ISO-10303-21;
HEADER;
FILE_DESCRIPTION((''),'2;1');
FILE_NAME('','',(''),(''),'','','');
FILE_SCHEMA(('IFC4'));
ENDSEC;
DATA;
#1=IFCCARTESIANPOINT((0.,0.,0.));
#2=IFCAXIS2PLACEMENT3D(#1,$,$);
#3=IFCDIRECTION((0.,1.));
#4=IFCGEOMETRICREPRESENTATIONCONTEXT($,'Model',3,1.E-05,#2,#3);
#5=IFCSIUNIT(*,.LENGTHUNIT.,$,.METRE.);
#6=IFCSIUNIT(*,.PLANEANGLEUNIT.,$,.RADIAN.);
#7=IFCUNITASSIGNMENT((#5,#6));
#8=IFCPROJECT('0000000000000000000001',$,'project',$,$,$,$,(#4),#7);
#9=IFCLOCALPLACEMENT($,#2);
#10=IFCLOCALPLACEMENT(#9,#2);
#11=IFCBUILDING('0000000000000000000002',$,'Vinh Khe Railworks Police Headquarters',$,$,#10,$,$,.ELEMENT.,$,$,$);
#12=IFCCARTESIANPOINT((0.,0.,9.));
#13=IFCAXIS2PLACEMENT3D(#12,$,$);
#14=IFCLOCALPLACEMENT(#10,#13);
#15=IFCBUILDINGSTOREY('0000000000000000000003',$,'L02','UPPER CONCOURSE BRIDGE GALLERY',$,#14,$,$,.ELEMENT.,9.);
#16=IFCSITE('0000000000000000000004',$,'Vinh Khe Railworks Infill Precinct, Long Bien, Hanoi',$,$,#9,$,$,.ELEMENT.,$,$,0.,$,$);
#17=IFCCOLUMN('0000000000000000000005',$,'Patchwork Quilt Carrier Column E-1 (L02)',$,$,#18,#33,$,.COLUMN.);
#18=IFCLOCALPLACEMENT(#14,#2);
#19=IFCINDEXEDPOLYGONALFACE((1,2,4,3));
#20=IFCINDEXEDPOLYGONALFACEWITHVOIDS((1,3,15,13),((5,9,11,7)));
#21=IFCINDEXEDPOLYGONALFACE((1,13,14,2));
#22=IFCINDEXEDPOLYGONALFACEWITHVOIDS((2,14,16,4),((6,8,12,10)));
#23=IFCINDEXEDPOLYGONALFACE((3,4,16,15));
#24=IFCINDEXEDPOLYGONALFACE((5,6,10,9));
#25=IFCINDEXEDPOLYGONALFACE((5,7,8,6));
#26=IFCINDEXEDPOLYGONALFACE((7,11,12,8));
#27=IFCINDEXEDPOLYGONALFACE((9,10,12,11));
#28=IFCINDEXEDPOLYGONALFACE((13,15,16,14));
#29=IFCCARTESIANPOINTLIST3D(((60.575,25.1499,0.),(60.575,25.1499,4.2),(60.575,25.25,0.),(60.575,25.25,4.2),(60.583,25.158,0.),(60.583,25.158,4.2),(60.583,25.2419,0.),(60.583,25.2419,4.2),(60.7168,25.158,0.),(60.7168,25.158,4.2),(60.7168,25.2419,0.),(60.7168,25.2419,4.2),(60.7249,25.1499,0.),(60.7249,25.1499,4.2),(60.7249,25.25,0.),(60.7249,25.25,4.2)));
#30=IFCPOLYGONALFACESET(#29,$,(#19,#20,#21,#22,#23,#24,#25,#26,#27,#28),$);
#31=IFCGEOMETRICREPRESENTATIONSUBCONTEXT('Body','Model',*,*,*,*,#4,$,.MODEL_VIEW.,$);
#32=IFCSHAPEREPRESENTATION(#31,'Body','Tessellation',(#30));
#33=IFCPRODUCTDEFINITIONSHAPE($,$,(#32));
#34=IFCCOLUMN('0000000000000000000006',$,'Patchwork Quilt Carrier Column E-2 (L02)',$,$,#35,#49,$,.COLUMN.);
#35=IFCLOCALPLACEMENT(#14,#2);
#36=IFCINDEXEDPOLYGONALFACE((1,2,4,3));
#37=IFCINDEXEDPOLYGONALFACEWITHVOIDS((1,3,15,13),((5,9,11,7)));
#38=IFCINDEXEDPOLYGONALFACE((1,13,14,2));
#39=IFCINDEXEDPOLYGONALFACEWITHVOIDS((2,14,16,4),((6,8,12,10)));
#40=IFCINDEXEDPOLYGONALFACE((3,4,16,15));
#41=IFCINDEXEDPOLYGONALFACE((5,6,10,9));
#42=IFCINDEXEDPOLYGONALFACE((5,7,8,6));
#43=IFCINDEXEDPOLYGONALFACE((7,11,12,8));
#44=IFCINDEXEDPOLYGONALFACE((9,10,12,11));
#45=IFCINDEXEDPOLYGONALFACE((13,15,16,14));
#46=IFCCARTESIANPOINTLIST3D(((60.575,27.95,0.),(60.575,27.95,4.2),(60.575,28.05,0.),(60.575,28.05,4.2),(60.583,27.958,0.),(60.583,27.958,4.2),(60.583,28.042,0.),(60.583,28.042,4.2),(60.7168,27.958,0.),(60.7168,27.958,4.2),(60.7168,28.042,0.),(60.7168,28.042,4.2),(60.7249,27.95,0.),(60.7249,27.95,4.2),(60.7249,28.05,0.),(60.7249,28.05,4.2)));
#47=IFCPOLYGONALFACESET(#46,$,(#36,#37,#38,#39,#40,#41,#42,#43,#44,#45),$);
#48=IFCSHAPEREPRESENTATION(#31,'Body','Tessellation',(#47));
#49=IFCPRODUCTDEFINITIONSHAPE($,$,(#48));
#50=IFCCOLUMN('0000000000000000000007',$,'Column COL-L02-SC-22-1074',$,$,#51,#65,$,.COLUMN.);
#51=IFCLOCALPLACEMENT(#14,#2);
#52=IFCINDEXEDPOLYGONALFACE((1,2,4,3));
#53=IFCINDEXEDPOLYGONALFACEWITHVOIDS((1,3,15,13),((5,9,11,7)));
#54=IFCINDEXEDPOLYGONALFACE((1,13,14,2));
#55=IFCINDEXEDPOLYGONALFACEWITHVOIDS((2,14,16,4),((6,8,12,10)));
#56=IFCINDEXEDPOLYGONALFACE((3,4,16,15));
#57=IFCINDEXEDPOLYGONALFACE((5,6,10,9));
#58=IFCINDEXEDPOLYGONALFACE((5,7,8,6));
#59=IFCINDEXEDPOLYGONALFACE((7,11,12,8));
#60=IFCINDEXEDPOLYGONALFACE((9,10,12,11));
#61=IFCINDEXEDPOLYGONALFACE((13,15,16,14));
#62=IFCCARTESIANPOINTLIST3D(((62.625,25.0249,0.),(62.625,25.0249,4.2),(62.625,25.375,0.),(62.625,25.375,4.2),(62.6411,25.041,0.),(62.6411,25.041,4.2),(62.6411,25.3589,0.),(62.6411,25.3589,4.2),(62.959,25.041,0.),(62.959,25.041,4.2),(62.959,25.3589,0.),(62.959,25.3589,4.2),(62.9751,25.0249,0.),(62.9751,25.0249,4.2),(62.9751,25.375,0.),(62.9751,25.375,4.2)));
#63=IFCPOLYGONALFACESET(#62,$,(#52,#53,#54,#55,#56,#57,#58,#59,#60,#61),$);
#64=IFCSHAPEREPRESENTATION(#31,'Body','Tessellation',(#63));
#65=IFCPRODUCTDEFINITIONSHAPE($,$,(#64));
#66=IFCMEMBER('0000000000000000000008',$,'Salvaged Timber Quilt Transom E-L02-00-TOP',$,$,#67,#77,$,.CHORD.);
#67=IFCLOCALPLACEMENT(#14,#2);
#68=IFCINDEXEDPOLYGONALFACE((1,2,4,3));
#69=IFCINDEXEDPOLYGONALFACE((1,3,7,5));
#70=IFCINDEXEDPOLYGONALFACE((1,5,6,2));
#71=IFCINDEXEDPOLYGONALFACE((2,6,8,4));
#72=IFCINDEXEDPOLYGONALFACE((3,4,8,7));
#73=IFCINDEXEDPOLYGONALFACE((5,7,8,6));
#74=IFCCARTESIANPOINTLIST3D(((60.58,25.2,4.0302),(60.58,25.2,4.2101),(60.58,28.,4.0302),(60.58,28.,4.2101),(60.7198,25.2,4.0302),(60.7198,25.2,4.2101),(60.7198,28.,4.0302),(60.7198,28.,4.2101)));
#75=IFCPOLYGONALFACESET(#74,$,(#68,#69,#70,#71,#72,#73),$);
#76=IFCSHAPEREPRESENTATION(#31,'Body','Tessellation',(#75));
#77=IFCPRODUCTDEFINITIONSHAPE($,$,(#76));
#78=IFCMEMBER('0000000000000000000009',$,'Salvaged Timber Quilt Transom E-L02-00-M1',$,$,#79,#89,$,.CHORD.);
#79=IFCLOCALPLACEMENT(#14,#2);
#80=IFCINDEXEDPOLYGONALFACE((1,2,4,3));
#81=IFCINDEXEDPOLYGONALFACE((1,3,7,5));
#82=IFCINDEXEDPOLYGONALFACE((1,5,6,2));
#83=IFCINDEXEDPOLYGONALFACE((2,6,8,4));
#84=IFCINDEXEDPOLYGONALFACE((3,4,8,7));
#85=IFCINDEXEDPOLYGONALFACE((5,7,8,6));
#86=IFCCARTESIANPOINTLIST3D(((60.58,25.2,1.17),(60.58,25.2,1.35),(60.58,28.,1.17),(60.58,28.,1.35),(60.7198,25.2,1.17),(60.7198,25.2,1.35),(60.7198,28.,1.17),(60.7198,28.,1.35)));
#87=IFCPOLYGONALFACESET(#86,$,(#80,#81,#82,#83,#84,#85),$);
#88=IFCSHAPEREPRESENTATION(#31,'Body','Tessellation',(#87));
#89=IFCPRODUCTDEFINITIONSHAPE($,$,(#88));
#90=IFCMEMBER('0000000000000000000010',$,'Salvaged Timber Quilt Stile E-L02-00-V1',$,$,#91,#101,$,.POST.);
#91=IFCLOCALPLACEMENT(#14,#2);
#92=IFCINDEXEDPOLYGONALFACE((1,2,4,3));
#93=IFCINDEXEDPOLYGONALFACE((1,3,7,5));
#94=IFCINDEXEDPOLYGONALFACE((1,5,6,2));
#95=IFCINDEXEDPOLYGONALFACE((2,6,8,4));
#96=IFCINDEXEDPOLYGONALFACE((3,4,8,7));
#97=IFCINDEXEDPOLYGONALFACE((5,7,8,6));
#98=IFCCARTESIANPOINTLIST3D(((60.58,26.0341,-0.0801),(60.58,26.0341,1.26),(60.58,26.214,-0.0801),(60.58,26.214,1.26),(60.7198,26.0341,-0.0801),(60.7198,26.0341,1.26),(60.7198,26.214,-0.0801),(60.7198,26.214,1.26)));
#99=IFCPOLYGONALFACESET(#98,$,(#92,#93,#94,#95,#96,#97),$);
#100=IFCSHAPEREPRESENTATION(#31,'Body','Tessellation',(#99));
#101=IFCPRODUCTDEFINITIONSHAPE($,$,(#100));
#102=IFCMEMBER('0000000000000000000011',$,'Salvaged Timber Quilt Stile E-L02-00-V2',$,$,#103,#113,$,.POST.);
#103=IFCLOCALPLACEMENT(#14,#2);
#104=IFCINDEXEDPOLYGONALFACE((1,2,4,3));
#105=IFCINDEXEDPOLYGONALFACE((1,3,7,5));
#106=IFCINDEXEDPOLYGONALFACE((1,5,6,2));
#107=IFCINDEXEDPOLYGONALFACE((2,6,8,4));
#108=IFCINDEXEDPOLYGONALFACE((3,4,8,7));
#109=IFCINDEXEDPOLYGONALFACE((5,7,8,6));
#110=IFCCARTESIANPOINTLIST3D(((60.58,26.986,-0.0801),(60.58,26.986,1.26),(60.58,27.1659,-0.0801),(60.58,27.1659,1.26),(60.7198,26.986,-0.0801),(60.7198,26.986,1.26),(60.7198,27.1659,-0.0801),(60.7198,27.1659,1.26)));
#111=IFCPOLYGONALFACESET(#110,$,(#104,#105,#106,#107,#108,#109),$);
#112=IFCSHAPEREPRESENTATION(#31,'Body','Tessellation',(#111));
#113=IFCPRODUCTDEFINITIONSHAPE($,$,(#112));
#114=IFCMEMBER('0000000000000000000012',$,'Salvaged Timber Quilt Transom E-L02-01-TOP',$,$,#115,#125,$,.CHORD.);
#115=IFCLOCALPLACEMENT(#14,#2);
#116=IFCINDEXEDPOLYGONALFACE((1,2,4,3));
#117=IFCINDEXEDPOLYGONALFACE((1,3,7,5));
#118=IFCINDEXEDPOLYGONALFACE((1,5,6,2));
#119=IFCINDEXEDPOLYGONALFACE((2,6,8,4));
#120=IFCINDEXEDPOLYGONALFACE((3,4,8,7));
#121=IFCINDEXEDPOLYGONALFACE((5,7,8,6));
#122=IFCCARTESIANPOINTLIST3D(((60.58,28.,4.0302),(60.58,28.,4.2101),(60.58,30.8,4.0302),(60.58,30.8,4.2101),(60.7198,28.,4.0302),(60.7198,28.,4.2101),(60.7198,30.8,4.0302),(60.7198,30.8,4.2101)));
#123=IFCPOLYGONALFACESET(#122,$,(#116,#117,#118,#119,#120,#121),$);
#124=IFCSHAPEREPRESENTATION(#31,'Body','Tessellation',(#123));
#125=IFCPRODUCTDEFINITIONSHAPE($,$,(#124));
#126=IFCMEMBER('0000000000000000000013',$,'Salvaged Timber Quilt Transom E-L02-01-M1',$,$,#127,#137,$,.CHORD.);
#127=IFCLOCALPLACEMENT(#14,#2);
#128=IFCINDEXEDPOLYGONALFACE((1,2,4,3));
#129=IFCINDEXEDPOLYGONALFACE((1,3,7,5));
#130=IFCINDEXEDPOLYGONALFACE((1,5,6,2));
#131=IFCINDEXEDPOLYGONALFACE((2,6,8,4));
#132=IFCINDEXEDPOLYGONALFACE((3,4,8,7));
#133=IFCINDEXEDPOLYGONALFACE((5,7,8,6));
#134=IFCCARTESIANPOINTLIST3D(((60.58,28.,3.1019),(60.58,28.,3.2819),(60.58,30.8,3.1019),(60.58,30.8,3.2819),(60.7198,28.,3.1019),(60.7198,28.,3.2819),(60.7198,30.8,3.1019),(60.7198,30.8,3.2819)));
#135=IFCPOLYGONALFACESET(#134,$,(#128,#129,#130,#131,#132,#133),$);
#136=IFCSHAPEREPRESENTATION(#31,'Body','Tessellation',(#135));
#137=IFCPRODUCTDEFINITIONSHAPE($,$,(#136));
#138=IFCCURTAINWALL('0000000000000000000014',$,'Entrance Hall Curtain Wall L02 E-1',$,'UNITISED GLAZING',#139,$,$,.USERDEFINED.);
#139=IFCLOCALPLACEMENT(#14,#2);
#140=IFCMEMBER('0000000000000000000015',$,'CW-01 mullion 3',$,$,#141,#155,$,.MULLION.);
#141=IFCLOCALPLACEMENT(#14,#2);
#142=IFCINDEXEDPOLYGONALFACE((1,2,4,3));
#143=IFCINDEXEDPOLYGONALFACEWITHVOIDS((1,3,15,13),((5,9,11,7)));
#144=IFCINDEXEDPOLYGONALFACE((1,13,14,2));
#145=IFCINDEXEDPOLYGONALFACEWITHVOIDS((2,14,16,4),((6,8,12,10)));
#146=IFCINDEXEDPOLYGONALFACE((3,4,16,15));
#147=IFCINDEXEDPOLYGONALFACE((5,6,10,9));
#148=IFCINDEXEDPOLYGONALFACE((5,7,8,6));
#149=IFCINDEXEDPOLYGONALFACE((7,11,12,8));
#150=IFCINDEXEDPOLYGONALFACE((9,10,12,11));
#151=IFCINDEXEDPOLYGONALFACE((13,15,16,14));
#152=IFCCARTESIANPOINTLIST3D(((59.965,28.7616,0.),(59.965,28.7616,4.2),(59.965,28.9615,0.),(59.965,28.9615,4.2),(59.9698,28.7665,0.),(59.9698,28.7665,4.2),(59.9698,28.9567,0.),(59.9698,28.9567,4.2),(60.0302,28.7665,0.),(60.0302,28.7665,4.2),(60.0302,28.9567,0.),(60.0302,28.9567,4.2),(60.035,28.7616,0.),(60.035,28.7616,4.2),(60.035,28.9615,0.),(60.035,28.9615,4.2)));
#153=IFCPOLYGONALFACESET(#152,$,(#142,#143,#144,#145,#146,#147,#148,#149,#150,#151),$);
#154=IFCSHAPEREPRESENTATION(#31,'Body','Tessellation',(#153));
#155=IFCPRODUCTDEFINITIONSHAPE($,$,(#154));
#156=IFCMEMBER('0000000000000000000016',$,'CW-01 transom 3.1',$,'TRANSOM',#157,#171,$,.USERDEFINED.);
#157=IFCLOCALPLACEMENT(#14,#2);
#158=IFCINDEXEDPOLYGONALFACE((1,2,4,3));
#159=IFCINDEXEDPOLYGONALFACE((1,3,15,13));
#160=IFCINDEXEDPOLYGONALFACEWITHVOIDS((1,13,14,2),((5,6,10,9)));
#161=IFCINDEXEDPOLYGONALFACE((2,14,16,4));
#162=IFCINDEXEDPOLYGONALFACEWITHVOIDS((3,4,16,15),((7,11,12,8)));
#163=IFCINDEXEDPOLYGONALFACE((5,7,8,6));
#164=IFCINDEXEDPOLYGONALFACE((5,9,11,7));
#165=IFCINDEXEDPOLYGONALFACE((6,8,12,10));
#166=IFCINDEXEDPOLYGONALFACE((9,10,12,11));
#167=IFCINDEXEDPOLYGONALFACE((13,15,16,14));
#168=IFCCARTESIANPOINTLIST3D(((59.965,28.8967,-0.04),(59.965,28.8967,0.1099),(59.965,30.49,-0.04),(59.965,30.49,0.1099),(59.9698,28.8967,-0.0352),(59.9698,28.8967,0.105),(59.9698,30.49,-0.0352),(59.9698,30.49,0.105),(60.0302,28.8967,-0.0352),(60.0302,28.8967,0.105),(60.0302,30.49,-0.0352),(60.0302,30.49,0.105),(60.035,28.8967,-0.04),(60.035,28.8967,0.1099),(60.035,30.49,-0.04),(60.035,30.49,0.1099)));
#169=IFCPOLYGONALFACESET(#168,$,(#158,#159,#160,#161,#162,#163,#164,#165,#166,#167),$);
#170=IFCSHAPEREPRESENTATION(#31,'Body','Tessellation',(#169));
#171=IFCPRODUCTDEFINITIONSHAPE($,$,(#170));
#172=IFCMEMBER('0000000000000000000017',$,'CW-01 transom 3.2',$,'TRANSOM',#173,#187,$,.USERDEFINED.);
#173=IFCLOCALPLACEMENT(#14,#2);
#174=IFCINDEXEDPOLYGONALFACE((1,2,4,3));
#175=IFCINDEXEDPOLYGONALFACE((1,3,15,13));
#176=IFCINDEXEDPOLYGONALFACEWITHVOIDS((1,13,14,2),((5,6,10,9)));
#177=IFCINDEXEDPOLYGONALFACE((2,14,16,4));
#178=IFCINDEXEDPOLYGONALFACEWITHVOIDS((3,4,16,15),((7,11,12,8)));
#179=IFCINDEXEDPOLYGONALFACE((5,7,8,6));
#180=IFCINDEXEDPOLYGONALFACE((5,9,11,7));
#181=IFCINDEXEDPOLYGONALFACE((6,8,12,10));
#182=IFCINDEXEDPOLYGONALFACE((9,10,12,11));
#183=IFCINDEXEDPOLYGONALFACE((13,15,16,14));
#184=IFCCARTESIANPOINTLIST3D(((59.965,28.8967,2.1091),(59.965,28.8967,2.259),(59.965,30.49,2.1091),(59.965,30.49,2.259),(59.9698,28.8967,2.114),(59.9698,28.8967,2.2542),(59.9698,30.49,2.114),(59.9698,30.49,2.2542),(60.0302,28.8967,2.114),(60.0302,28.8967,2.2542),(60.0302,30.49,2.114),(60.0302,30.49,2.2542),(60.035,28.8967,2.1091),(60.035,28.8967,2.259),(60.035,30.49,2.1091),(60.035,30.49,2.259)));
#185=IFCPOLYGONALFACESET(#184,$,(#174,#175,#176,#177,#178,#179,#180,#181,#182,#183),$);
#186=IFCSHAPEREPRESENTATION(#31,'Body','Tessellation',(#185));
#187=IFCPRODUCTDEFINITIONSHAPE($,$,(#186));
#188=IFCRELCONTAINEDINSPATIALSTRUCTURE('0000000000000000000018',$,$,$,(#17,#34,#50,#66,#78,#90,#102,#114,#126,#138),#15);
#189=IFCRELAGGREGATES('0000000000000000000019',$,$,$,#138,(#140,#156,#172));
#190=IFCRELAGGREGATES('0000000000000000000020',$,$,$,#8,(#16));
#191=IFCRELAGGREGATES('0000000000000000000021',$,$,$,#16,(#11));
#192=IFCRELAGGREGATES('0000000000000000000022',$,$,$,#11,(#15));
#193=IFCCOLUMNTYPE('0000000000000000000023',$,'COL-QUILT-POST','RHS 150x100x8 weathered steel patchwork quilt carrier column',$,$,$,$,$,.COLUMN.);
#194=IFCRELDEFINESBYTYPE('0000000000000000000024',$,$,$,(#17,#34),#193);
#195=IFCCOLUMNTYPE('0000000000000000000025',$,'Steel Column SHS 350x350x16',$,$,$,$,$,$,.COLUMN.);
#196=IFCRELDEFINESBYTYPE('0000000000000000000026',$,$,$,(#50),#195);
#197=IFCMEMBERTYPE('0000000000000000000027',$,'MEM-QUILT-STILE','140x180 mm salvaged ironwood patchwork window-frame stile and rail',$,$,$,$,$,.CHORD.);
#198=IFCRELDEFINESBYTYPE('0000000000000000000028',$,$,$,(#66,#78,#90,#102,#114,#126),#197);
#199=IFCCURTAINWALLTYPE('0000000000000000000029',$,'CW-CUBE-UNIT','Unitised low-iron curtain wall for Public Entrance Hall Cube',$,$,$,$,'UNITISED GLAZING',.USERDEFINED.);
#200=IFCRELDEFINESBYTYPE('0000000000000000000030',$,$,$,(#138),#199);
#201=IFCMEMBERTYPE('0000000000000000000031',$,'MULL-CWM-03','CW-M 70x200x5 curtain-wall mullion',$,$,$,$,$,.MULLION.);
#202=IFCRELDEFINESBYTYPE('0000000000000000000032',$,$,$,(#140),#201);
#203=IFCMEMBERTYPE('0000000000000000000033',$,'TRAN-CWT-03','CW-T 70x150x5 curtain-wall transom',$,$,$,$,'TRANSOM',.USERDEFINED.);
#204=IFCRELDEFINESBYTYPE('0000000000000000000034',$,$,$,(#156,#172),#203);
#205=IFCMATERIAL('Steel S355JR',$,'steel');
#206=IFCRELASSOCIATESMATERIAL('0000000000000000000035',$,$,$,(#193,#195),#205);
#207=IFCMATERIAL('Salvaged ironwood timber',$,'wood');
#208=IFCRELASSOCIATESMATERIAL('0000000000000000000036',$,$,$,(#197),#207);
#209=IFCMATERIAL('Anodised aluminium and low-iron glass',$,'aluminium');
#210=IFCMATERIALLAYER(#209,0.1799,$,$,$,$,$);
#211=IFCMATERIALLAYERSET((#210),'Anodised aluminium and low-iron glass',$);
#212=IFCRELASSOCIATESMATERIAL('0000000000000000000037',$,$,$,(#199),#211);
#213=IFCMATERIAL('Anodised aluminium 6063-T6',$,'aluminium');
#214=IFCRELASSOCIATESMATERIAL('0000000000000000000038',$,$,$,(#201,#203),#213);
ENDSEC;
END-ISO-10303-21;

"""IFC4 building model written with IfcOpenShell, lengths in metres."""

from ifc_helpers import new_model, si_unit, direction, frame, origin, origin_2d, place, context, subcontext, project, spatial, rectangle, hollow_rectangle, extrude, material, layer, layer_set, material_profile, profile_set, type_object, element, aggregate, save


model = new_model("IFC4")

# Units and contexts
model_context = context("Model", 3, precision=1e-05, world=origin(), true_north=direction((0.0, 1.0)))
body_context = subcontext(model_context, "Body", "Model", "MODEL_VIEW")
ifc_project = project(units=[si_unit("LENGTHUNIT", "METRE"), si_unit("PLANEANGLEUNIT", "RADIAN")], contexts=[model_context])

# Site, building, storey
site_placement = place(None, origin())
site = spatial("IfcSite", under=ifc_project, at=site_placement, Name="Vinh Khe Railworks Infill Precinct, Long Bien, Hanoi", CompositionType="ELEMENT", RefElevation=0.0)
building_placement = place(site_placement, origin())
building = spatial("IfcBuilding", under=site, at=building_placement, Name="Vinh Khe Railworks Police Headquarters", CompositionType="ELEMENT")
storey_placement = place(building_placement, frame((0.0, 0.0, 9.0)))
storey = spatial("IfcBuildingStorey", under=building, at=storey_placement, Name="L02", Description="UPPER CONCOURSE BRIDGE GALLERY", CompositionType="ELEMENT", Elevation=9.0)

# Columns
ifc_material_1 = material(Name="Steel S355JR", Category="steel")
ifc_material_profile_1 = material_profile(ifc_material_1, hollow_rectangle(XDim=0.1499, YDim=0.1001, WallThickness=0.0081, at=origin_2d()), Name="RHS 150x100x8")
ifc_profile_set_1 = profile_set([ifc_material_profile_1], Name="Steel S355JR")
column_type_1 = type_object("IfcColumnType", Name="COL-QUILT-POST", Description="RHS 150x100x8 weathered steel patchwork quilt carrier column", PredefinedType="COLUMN", material=ifc_profile_set_1)
for number, where, z_axis, x_axis, name in (
    (1, (60.6499, 25.2, 0.0), (0.0, 0.0, 1.0), (1.0, 0.0, 0.0), "Patchwork Quilt Carrier Column E-1 (L02)"),
    (2, (60.6499, 28.0, 0.0), (0.0, 0.0, 1.0), (1.0, 0.0, 0.0), "Patchwork Quilt Carrier Column E-2 (L02)"),
):
    element("IfcColumn", number, at=place(storey_placement, frame(where, z_axis=z_axis, x_axis=x_axis)), inside=storey, type_object=column_type_1, Name=name, PredefinedType="COLUMN", context=body_context, shape_type="SweptSolid", body=[
        extrude(hollow_rectangle(XDim=0.1499, YDim=0.1001, WallThickness=0.0081, at=origin_2d()), origin(), (0.0, 0.0, 1.0), 4.2),
    ])
ifc_material_profile_2 = material_profile(ifc_material_1, hollow_rectangle(XDim=0.3501, YDim=0.3501, WallThickness=0.0161, at=origin_2d()), Name="SHS 350x350x16")
ifc_profile_set_2 = profile_set([ifc_material_profile_2], Name="Steel S355JR")
column_type_2 = type_object("IfcColumnType", Name="Steel Column SHS 350x350x16", PredefinedType="COLUMN", material=ifc_profile_set_2)
column_placement = place(storey_placement, frame((62.8, 25.2, 0.0), z_axis=(0.0, 0.0, 1.0), x_axis=(1.0, 0.0, 0.0)))
element("IfcColumn", 3, at=column_placement, inside=storey, type_object=column_type_2, Name="Column COL-L02-SC-22-1074", PredefinedType="COLUMN", context=body_context, shape_type="SweptSolid", body=[
    extrude(hollow_rectangle(XDim=0.3501, YDim=0.3501, WallThickness=0.0161, at=origin_2d()), origin(), (0.0, 0.0, 1.0), 4.2),
])

# Members
ifc_material_2 = material(Name="Salvaged ironwood timber", Category="wood")
ifc_material_profile_3 = material_profile(ifc_material_2, rectangle(XDim=0.1399, YDim=0.1799, at=origin_2d()), Name="TIMBER 140x180")
ifc_profile_set_3 = profile_set([ifc_material_profile_3], Name="Salvaged ironwood timber")
member_type_1 = type_object("IfcMemberType", Name="MEM-QUILT-STILE", Description="140x180 mm salvaged ironwood patchwork window-frame stile and rail", PredefinedType="CHORD", material=ifc_profile_set_3)
for number, where, z_axis, x_axis, name in (
    (4, (60.6499, 25.2, 4.1201), (0.0, 1.0, 0.0), (-1.0, 0.0, 0.0), "Salvaged Timber Quilt Transom E-L02-00-TOP"),
    (5, (60.6499, 25.2, 1.26), (0.0, 1.0, 0.0), (-1.0, 0.0, 0.0), "Salvaged Timber Quilt Transom E-L02-00-M1"),
):
    element("IfcMember", number, at=place(storey_placement, frame(where, z_axis=z_axis, x_axis=x_axis)), inside=storey, type_object=member_type_1, Name=name, PredefinedType="CHORD", context=body_context, shape_type="SweptSolid", body=[
        extrude(rectangle(XDim=0.1399, YDim=0.1799, at=origin_2d()), origin(), (0.0, 0.0, 1.0), 2.8),
    ])
for number, where, z_axis, x_axis, name in (
    (6, (60.6499, 26.124, -0.0801), (0.0, 0.0, 1.0), (1.0, 0.0, 0.0), "Salvaged Timber Quilt Stile E-L02-00-V1"),
    (7, (60.6499, 27.0759, -0.0801), (0.0, 0.0, 1.0), (1.0, 0.0, 0.0), "Salvaged Timber Quilt Stile E-L02-00-V2"),
):
    element("IfcMember", number, at=place(storey_placement, frame(where, z_axis=z_axis, x_axis=x_axis)), inside=storey, type_object=member_type_1, Name=name, PredefinedType="POST", context=body_context, shape_type="SweptSolid", body=[
        extrude(rectangle(XDim=0.1399, YDim=0.1799, at=origin_2d()), origin(), (0.0, 0.0, 1.0), 1.3401),
    ])
for number, where, z_axis, x_axis, name in (
    (8, (60.6499, 28.0, 4.1201), (0.0, 1.0, 0.0), (-1.0, 0.0, 0.0), "Salvaged Timber Quilt Transom E-L02-01-TOP"),
    (9, (60.6499, 28.0, 3.1919), (0.0, 1.0, 0.0), (-1.0, 0.0, 0.0), "Salvaged Timber Quilt Transom E-L02-01-M1"),
):
    element("IfcMember", number, at=place(storey_placement, frame(where, z_axis=z_axis, x_axis=x_axis)), inside=storey, type_object=member_type_1, Name=name, PredefinedType="CHORD", context=body_context, shape_type="SweptSolid", body=[
        extrude(rectangle(XDim=0.1399, YDim=0.1799, at=origin_2d()), origin(), (0.0, 0.0, 1.0), 2.8),
    ])

# Curtain wall, members
ifc_material_3 = material(Name="Anodised aluminium and low-iron glass", Category="aluminium")
ifc_layer_1 = layer(ifc_material_3, 0.1799)
ifc_layer_set_1 = layer_set([ifc_layer_1], Name="Anodised aluminium and low-iron glass")
curtain_wall_type = type_object("IfcCurtainWallType", Name="CW-CUBE-UNIT", Description="Unitised low-iron curtain wall for Public Entrance Hall Cube", ElementType="UNITISED GLAZING", PredefinedType="USERDEFINED", material=ifc_layer_set_1)
curtain_wall_placement = place(storey_placement, origin())
curtain_wall = element("IfcCurtainWall", 10, at=curtain_wall_placement, inside=storey, type_object=curtain_wall_type, Name="Entrance Hall Curtain Wall L02 E-1", ObjectType="UNITISED GLAZING", PredefinedType="USERDEFINED")
ifc_material_4 = material(Name="Anodised aluminium 6063-T6", Category="aluminium")
ifc_material_profile_4 = material_profile(ifc_material_4, hollow_rectangle(XDim=0.0701, YDim=0.2, WallThickness=0.0049, at=origin_2d()), Name="CW-M 70x200x5")
ifc_profile_set_4 = profile_set([ifc_material_profile_4], Name="Anodised aluminium 6063-T6")
member_type_2 = type_object("IfcMemberType", Name="MULL-CWM-03", Description="CW-M 70x200x5 curtain-wall mullion", PredefinedType="MULLION", material=ifc_profile_set_4)
member_1_placement = place(storey_placement, frame((60.0, 28.8616, 0.0), z_axis=(0.0, 0.0, 1.0), x_axis=(-1.0, 0.0, 0.0)))
member_1 = element("IfcMember", 11, at=member_1_placement, type_object=member_type_2, Name="CW-01 mullion 3", PredefinedType="MULLION", context=body_context, shape_type="SweptSolid", body=[
    extrude(hollow_rectangle(XDim=0.0701, YDim=0.2, WallThickness=0.0049, at=origin_2d()), origin(), (0.0, 0.0, 1.0), 4.2),
])
ifc_material_profile_5 = material_profile(ifc_material_4, hollow_rectangle(XDim=0.0701, YDim=0.1499, WallThickness=0.0049, at=origin_2d()), Name="CW-T 70x150x5")
ifc_profile_set_5 = profile_set([ifc_material_profile_5], Name="Anodised aluminium 6063-T6")
member_type_3 = type_object("IfcMemberType", Name="TRAN-CWT-03", Description="CW-T 70x150x5 curtain-wall transom", ElementType="TRANSOM", PredefinedType="USERDEFINED", material=ifc_profile_set_5)
member_2_placement = place(storey_placement, frame((60.0, 28.8967, 0.0349), z_axis=(0.0, 1.0, 0.0), x_axis=(-1.0, 0.0, 0.0)))
member_2 = element("IfcMember", 12, at=member_2_placement, type_object=member_type_3, Name="CW-01 transom 3.1", ObjectType="TRANSOM", PredefinedType="USERDEFINED", context=body_context, shape_type="SweptSolid", body=[
    extrude(hollow_rectangle(XDim=0.0701, YDim=0.1499, WallThickness=0.0049, at=origin_2d()), origin(), (0.0, 0.0, 1.0), 1.5933),
])
member_3_placement = place(storey_placement, frame((60.0, 28.8967, 2.1841), z_axis=(0.0, 1.0, 0.0), x_axis=(-1.0, 0.0, 0.0)))
member_3 = element("IfcMember", 13, at=member_3_placement, type_object=member_type_3, Name="CW-01 transom 3.2", ObjectType="TRANSOM", PredefinedType="USERDEFINED", context=body_context, shape_type="SweptSolid", body=[
    extrude(hollow_rectangle(XDim=0.0701, YDim=0.1499, WallThickness=0.0049, at=origin_2d()), origin(), (0.0, 0.0, 1.0), 1.5933),
])
aggregate(curtain_wall, [member_1, member_2, member_3])

save(model, "model.ifc")
